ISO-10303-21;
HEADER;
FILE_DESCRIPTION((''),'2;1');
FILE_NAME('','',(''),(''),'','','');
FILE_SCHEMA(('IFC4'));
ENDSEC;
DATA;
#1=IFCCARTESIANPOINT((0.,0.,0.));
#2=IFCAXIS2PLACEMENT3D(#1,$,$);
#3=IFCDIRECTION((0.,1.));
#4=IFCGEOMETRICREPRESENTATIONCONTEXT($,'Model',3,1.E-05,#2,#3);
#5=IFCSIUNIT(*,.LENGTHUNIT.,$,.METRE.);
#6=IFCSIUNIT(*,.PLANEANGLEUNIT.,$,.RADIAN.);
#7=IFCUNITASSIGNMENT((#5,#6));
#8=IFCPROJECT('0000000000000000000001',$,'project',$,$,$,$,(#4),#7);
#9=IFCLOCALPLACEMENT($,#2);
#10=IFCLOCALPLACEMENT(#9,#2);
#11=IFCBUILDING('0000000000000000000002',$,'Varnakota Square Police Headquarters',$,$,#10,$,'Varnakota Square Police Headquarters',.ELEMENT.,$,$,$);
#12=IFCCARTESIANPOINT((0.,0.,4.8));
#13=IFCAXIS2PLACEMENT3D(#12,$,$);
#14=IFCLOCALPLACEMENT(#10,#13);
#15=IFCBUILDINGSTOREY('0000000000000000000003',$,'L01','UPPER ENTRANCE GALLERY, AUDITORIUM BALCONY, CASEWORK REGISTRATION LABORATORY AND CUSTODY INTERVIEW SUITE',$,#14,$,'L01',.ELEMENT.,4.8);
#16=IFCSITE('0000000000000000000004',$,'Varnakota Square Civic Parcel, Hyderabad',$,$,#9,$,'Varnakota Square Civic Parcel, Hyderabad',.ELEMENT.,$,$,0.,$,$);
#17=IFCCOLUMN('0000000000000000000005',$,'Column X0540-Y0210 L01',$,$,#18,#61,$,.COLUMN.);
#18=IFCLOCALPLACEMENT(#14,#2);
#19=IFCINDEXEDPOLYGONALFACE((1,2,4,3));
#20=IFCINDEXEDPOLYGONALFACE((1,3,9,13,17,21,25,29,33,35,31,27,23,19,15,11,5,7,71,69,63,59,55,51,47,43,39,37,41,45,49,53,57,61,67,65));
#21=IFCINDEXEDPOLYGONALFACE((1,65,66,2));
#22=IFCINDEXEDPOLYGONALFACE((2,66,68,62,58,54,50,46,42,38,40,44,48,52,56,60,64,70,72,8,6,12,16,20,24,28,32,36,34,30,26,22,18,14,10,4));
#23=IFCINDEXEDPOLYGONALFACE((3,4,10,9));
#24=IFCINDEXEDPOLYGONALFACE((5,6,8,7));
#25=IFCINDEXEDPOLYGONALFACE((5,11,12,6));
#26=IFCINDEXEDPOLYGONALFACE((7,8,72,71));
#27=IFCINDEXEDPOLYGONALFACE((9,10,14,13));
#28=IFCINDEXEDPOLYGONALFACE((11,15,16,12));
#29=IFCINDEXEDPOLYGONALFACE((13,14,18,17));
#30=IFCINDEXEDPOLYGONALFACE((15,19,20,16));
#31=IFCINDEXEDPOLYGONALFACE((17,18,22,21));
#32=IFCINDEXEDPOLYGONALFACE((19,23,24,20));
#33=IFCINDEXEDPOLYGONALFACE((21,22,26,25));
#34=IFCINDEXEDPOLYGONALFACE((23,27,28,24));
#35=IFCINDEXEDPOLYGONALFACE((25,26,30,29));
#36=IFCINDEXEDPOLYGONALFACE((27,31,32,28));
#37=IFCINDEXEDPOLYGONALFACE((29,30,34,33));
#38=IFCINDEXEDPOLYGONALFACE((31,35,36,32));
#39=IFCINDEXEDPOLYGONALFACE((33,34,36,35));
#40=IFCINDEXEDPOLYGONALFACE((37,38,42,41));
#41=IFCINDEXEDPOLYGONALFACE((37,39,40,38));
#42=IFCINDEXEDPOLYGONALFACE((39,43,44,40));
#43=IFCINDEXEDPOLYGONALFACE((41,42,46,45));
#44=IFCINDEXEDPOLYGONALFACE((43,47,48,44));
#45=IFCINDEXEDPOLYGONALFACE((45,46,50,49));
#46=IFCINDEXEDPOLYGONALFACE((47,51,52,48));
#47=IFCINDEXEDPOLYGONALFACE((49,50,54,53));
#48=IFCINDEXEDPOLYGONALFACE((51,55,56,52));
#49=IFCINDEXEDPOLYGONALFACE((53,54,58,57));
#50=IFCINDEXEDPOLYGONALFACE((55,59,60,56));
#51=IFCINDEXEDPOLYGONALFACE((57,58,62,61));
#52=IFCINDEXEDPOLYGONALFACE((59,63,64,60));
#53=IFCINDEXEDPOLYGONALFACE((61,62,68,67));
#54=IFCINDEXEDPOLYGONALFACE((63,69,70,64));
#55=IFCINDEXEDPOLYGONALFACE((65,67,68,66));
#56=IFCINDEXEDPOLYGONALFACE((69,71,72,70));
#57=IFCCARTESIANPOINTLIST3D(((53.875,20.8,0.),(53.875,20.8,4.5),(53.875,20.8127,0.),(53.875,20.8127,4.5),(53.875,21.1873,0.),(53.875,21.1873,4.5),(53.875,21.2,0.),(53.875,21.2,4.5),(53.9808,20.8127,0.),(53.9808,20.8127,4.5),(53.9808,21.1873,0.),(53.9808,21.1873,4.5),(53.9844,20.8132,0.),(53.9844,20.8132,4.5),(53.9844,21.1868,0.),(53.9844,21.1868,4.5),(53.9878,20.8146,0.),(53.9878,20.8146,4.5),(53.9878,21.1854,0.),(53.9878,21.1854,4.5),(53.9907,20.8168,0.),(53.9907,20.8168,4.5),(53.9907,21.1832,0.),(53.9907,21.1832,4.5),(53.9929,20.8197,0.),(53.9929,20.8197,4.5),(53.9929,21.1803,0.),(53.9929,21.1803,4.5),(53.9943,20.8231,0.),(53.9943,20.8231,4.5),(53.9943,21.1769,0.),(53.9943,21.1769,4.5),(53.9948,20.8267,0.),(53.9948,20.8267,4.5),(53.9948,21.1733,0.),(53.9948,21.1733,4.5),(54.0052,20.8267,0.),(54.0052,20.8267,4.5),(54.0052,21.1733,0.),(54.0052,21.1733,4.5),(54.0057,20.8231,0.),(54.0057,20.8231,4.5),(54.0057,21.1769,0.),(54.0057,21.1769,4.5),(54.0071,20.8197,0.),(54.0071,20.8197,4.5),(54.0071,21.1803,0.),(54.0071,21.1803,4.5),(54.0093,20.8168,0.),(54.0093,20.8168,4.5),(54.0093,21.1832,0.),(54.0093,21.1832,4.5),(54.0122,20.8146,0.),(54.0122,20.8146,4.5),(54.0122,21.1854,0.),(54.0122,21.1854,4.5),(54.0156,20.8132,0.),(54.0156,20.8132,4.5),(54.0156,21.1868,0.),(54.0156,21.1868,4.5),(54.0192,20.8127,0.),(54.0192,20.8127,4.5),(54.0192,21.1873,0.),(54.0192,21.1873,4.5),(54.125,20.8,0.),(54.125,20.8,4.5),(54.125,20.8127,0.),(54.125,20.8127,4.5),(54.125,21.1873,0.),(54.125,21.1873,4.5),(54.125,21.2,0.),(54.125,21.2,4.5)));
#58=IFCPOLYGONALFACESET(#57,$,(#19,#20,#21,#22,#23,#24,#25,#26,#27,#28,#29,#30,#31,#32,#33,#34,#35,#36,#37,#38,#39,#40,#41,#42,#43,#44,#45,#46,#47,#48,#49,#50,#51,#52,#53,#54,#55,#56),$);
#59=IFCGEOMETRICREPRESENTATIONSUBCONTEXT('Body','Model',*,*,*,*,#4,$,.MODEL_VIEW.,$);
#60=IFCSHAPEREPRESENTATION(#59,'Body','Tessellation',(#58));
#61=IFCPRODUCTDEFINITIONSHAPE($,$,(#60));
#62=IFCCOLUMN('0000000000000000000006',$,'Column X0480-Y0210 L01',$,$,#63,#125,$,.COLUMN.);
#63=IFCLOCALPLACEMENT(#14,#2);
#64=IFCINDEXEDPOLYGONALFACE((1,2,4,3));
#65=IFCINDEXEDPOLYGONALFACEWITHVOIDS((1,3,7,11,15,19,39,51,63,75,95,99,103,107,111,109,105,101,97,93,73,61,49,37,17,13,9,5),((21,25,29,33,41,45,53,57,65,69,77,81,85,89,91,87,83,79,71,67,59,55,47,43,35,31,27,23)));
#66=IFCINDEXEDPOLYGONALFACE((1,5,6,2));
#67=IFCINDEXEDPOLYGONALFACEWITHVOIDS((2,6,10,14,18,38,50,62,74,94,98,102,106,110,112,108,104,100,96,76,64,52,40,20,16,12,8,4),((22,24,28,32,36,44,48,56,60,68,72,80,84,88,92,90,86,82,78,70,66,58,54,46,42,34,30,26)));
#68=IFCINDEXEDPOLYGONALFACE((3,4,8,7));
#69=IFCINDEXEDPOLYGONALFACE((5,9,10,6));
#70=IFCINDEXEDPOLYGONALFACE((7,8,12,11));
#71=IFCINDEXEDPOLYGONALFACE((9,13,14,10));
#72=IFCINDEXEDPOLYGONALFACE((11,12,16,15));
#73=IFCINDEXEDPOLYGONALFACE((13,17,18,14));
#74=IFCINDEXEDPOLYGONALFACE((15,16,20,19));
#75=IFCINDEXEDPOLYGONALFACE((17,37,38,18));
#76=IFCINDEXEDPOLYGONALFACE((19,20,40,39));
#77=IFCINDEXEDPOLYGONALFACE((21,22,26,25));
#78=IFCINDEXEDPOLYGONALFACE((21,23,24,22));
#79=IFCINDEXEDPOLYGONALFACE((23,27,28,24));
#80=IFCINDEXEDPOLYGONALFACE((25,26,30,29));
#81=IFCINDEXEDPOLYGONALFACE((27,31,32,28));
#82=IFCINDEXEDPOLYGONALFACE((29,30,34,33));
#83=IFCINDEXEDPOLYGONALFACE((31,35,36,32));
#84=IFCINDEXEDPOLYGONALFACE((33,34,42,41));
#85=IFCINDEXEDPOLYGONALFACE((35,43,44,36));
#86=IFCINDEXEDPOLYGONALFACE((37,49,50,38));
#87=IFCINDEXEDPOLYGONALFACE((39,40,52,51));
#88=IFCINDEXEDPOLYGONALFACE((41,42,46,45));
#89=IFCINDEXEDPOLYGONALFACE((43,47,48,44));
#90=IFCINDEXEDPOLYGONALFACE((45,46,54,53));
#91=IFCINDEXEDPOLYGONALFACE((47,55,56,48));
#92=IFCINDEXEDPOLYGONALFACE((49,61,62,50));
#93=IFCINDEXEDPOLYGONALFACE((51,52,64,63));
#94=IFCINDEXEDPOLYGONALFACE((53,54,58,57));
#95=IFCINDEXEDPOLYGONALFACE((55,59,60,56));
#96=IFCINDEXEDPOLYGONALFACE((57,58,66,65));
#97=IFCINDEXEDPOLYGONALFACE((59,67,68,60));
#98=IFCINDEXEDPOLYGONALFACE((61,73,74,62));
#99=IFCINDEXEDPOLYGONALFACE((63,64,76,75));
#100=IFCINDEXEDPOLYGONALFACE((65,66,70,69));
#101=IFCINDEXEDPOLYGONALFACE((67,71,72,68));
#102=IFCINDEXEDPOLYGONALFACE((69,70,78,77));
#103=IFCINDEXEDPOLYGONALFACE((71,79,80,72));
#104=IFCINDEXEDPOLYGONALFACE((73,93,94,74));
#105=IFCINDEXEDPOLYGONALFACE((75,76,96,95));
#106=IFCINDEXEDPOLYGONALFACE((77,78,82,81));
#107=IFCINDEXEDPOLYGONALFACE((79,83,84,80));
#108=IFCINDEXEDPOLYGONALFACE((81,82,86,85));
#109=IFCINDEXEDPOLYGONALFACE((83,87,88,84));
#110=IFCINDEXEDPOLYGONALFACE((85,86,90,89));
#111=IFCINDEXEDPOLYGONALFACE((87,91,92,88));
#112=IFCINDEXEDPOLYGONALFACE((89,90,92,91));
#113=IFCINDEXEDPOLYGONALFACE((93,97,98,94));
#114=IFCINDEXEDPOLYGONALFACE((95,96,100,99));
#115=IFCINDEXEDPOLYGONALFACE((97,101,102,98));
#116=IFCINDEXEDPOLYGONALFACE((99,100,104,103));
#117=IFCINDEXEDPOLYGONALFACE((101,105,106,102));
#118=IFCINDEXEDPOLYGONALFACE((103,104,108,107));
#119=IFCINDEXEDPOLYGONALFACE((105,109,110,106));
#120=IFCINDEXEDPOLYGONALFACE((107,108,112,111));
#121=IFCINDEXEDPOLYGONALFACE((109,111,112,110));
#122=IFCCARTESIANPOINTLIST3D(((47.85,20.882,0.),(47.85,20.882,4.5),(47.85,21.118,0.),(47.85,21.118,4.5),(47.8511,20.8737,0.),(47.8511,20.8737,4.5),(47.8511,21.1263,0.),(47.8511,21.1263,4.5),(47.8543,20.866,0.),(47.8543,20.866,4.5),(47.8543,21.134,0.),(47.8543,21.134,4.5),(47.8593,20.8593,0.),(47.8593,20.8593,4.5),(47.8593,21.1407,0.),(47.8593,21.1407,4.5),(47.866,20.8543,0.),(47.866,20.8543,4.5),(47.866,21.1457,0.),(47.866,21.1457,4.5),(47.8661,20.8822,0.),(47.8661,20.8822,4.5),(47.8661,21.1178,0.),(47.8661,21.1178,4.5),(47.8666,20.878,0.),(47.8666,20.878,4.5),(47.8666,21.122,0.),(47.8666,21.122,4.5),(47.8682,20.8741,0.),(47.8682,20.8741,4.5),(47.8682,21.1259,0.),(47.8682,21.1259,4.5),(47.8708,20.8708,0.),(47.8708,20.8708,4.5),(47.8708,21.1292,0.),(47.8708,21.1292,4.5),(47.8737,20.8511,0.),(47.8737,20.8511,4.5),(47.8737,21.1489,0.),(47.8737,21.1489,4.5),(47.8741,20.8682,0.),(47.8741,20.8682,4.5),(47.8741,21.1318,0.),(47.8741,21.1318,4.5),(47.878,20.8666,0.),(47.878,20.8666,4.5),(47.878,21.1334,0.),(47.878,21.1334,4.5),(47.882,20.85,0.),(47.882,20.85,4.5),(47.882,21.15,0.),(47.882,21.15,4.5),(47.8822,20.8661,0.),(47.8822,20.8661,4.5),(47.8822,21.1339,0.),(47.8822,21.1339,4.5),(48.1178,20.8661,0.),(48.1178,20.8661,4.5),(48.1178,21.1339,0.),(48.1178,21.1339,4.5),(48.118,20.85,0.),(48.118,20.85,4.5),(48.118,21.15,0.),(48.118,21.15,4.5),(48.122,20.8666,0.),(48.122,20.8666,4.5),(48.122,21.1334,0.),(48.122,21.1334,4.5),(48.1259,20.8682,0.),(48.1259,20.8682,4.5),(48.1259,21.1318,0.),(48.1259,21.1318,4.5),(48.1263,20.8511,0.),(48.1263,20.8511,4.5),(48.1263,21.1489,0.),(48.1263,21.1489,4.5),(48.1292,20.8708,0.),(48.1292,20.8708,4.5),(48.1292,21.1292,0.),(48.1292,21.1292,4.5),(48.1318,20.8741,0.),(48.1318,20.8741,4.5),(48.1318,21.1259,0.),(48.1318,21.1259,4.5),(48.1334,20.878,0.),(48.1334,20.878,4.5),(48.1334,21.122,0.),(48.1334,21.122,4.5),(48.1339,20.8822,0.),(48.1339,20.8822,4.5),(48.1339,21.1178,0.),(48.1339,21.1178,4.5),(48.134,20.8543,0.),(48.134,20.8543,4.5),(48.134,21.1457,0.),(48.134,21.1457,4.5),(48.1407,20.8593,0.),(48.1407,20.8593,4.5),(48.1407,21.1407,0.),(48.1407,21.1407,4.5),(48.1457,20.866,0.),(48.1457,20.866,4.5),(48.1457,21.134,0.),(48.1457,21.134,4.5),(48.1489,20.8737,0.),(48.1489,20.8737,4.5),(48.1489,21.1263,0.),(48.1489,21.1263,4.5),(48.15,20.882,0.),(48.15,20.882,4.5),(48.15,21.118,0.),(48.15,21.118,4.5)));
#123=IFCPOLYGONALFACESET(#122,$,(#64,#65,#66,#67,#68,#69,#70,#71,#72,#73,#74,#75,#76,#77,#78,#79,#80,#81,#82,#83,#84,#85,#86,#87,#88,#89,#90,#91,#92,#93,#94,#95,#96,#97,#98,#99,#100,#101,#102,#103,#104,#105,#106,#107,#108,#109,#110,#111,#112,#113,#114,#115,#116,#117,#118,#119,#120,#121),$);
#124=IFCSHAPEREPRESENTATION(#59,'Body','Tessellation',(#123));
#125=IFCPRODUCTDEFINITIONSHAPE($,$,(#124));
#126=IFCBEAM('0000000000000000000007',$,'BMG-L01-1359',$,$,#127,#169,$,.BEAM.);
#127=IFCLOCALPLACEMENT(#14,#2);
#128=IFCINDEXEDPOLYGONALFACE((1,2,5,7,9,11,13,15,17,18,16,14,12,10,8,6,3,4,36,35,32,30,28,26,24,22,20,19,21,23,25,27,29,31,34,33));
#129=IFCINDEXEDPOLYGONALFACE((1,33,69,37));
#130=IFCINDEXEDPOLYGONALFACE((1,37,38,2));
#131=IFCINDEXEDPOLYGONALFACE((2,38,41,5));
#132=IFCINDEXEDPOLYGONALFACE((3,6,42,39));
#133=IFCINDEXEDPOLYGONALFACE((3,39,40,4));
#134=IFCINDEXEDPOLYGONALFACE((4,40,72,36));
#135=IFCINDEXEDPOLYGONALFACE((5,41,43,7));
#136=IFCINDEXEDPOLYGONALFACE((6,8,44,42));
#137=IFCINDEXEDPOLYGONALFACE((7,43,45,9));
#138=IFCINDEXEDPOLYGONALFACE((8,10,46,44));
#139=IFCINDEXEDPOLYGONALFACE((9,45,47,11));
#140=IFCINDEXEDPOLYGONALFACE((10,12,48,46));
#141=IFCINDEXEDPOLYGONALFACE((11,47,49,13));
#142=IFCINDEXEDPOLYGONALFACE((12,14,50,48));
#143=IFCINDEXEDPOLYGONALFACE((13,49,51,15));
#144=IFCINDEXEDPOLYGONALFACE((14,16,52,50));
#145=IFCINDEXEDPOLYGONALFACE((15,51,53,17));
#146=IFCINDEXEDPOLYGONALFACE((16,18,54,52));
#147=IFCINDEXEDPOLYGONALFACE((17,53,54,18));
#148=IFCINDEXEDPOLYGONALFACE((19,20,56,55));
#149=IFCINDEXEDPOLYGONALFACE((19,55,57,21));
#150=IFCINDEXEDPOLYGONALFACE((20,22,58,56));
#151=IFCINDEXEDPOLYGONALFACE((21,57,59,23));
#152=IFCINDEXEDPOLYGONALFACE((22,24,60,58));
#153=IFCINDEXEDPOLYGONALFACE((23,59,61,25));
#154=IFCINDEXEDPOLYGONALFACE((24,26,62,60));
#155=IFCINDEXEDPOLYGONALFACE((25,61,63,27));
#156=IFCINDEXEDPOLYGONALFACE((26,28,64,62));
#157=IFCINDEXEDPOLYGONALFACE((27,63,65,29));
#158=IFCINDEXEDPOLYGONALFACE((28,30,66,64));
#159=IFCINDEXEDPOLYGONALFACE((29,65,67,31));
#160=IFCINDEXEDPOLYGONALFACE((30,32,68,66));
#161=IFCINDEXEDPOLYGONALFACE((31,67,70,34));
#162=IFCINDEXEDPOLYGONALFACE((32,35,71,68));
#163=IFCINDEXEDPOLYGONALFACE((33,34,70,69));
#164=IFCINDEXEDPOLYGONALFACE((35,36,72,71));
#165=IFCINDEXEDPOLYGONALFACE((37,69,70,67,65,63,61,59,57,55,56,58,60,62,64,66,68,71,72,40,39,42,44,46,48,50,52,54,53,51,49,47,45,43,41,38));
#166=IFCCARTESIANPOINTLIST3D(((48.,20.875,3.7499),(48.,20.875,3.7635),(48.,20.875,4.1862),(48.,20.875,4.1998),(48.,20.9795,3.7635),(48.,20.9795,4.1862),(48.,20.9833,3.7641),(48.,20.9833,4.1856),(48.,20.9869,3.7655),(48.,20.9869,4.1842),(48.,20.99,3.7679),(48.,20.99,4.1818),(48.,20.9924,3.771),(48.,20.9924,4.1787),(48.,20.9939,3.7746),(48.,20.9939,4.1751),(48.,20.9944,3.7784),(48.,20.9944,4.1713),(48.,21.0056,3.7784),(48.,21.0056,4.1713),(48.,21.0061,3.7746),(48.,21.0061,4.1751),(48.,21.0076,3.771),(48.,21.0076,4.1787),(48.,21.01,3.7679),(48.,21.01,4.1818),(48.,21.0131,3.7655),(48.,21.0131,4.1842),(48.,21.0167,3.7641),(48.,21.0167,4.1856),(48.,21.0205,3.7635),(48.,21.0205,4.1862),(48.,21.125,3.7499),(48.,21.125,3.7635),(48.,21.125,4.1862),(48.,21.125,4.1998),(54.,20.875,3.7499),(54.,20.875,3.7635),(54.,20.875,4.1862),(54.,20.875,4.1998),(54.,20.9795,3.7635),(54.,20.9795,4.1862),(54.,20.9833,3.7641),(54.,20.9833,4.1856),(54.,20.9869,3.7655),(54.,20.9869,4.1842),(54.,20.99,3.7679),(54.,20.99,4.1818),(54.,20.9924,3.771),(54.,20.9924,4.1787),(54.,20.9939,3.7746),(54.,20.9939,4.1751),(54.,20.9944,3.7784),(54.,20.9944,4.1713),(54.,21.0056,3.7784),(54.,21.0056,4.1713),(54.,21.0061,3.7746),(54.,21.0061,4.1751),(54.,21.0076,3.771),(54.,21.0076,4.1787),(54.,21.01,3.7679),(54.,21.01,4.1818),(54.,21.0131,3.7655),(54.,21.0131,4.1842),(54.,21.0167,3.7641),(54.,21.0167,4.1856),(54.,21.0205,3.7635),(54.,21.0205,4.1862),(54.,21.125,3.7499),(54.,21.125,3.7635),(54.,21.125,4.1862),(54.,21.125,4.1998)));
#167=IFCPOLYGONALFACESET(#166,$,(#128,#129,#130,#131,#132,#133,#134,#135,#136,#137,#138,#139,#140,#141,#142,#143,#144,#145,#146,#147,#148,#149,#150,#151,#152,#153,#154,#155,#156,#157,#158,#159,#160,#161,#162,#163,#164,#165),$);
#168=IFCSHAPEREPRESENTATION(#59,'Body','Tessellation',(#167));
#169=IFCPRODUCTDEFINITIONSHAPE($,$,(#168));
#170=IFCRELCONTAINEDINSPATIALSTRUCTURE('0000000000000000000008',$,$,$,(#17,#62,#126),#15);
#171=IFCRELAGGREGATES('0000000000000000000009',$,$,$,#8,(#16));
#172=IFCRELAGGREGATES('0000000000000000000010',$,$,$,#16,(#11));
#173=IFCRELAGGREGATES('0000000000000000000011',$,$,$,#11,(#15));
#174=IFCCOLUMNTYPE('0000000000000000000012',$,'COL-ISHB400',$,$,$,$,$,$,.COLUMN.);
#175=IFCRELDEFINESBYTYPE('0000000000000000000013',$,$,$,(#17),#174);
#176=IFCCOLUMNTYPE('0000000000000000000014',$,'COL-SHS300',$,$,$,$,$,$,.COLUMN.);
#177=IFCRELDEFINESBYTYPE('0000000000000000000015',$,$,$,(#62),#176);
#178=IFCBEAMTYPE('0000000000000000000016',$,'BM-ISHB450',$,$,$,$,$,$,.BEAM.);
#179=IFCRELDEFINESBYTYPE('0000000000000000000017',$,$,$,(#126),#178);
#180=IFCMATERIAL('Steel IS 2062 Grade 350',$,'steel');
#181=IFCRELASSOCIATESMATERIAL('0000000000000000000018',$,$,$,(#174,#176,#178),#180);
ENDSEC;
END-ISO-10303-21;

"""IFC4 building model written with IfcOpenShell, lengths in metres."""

from ifc_helpers import new_model, si_unit, direction, frame, origin, origin_2d, place, context, subcontext, project, spatial, hollow_rectangle, i_section, extrude, material, material_profile, profile_set, type_object, element, save


model = new_model("IFC4")

# Units and contexts
model_context = context("Model", 3, precision=1e-05, world=origin(), true_north=direction((0.0, 1.0)))
body_context = subcontext(model_context, "Body", "Model", "MODEL_VIEW")
ifc_project = project(units=[si_unit("LENGTHUNIT", "METRE"), si_unit("PLANEANGLEUNIT", "RADIAN")], contexts=[model_context])

# Site, building, storey
site_placement = place(None, origin())
site = spatial("IfcSite", under=ifc_project, at=site_placement, Name="Varnakota Square Civic Parcel, Hyderabad", LongName="Varnakota Square Civic Parcel, Hyderabad", CompositionType="ELEMENT", RefElevation=0.0)
building_placement = place(site_placement, origin())
building = spatial("IfcBuilding", under=site, at=building_placement, Name="Varnakota Square Police Headquarters", LongName="Varnakota Square Police Headquarters", CompositionType="ELEMENT")
storey_placement = place(building_placement, frame((0.0, 0.0, 4.8)))
storey = spatial("IfcBuildingStorey", under=building, at=storey_placement, Name="L01", Description="UPPER ENTRANCE GALLERY, AUDITORIUM BALCONY, CASEWORK REGISTRATION LABORATORY AND CUSTODY INTERVIEW SUITE", LongName="L01", CompositionType="ELEMENT", Elevation=4.8)

# Columns
ifc_material_1 = material(Name="Steel IS 2062 Grade 350", Category="steel")
ifc_material_profile_1 = material_profile(ifc_material_1, i_section(OverallWidth=0.25, OverallDepth=0.3999, WebThickness=0.0105, FlangeThickness=0.0127, FilletRadius=0.0139, at=origin_2d()), Name="ISHB 400")
ifc_profile_set_1 = profile_set([ifc_material_profile_1], Name="Steel IS 2062 Grade 350")
column_type_1 = type_object("IfcColumnType", Name="COL-ISHB400", PredefinedType="COLUMN", material=ifc_profile_set_1)
column_1_placement = place(storey_placement, frame((54.0, 21.0, 0.0), z_axis=(0.0, 0.0, 1.0), x_axis=(1.0, 0.0, 0.0)))
element("IfcColumn", 1, at=column_1_placement, inside=storey, type_object=column_type_1, Name="Column X0540-Y0210 L01", PredefinedType="COLUMN", context=body_context, shape_type="SweptSolid", body=[
    extrude(i_section(OverallWidth=0.25, OverallDepth=0.3999, WebThickness=0.0105, FlangeThickness=0.0127, FilletRadius=0.0139, at=origin_2d()), origin(), (0.0, 0.0, 1.0), 4.5),
])
ifc_material_profile_2 = material_profile(ifc_material_1, hollow_rectangle(XDim=0.3, YDim=0.3, WallThickness=0.0161, InnerFilletRadius=0.0161, OuterFilletRadius=0.032, at=origin_2d()), Name="SHS 300x300x16")
ifc_profile_set_2 = profile_set([ifc_material_profile_2], Name="Steel IS 2062 Grade 350")
column_type_2 = type_object("IfcColumnType", Name="COL-SHS300", PredefinedType="COLUMN", material=ifc_profile_set_2)
column_2_placement = place(storey_placement, frame((48.0, 21.0, 0.0), z_axis=(0.0, 0.0, 1.0), x_axis=(1.0, 0.0, 0.0)))
element("IfcColumn", 2, at=column_2_placement, inside=storey, type_object=column_type_2, Name="Column X0480-Y0210 L01", PredefinedType="COLUMN", context=body_context, shape_type="SweptSolid", body=[
    extrude(hollow_rectangle(XDim=0.3, YDim=0.3, WallThickness=0.0161, InnerFilletRadius=0.0161, OuterFilletRadius=0.032, at=origin_2d()), origin(), (0.0, 0.0, 1.0), 4.5),
])

# Beam
ifc_material_profile_3 = material_profile(ifc_material_1, i_section(OverallWidth=0.25, OverallDepth=0.45, WebThickness=0.0112, FlangeThickness=0.0137, FilletRadius=0.0149, at=origin_2d()), Name="ISHB 450")
ifc_profile_set_3 = profile_set([ifc_material_profile_3], Name="Steel IS 2062 Grade 350")
beam_type_1 = type_object("IfcBeamType", Name="BM-ISHB450", PredefinedType="BEAM", material=ifc_profile_set_3)
beam_1_placement = place(storey_placement, frame((48.0, 21.0, 3.9749), z_axis=(1.0, 0.0, 0.0), x_axis=(0.0, 1.0, 0.0)))
element("IfcBeam", 3, at=beam_1_placement, inside=storey, type_object=beam_type_1, Name="BMG-L01-1359", PredefinedType="BEAM", context=body_context, shape_type="SweptSolid", body=[
    extrude(i_section(OverallWidth=0.25, OverallDepth=0.45, WebThickness=0.0112, FlangeThickness=0.0137, FilletRadius=0.0149, at=origin_2d()), origin(), (0.0, 0.0, 1.0), 6.0),
])

save(model, "model.ifc")
